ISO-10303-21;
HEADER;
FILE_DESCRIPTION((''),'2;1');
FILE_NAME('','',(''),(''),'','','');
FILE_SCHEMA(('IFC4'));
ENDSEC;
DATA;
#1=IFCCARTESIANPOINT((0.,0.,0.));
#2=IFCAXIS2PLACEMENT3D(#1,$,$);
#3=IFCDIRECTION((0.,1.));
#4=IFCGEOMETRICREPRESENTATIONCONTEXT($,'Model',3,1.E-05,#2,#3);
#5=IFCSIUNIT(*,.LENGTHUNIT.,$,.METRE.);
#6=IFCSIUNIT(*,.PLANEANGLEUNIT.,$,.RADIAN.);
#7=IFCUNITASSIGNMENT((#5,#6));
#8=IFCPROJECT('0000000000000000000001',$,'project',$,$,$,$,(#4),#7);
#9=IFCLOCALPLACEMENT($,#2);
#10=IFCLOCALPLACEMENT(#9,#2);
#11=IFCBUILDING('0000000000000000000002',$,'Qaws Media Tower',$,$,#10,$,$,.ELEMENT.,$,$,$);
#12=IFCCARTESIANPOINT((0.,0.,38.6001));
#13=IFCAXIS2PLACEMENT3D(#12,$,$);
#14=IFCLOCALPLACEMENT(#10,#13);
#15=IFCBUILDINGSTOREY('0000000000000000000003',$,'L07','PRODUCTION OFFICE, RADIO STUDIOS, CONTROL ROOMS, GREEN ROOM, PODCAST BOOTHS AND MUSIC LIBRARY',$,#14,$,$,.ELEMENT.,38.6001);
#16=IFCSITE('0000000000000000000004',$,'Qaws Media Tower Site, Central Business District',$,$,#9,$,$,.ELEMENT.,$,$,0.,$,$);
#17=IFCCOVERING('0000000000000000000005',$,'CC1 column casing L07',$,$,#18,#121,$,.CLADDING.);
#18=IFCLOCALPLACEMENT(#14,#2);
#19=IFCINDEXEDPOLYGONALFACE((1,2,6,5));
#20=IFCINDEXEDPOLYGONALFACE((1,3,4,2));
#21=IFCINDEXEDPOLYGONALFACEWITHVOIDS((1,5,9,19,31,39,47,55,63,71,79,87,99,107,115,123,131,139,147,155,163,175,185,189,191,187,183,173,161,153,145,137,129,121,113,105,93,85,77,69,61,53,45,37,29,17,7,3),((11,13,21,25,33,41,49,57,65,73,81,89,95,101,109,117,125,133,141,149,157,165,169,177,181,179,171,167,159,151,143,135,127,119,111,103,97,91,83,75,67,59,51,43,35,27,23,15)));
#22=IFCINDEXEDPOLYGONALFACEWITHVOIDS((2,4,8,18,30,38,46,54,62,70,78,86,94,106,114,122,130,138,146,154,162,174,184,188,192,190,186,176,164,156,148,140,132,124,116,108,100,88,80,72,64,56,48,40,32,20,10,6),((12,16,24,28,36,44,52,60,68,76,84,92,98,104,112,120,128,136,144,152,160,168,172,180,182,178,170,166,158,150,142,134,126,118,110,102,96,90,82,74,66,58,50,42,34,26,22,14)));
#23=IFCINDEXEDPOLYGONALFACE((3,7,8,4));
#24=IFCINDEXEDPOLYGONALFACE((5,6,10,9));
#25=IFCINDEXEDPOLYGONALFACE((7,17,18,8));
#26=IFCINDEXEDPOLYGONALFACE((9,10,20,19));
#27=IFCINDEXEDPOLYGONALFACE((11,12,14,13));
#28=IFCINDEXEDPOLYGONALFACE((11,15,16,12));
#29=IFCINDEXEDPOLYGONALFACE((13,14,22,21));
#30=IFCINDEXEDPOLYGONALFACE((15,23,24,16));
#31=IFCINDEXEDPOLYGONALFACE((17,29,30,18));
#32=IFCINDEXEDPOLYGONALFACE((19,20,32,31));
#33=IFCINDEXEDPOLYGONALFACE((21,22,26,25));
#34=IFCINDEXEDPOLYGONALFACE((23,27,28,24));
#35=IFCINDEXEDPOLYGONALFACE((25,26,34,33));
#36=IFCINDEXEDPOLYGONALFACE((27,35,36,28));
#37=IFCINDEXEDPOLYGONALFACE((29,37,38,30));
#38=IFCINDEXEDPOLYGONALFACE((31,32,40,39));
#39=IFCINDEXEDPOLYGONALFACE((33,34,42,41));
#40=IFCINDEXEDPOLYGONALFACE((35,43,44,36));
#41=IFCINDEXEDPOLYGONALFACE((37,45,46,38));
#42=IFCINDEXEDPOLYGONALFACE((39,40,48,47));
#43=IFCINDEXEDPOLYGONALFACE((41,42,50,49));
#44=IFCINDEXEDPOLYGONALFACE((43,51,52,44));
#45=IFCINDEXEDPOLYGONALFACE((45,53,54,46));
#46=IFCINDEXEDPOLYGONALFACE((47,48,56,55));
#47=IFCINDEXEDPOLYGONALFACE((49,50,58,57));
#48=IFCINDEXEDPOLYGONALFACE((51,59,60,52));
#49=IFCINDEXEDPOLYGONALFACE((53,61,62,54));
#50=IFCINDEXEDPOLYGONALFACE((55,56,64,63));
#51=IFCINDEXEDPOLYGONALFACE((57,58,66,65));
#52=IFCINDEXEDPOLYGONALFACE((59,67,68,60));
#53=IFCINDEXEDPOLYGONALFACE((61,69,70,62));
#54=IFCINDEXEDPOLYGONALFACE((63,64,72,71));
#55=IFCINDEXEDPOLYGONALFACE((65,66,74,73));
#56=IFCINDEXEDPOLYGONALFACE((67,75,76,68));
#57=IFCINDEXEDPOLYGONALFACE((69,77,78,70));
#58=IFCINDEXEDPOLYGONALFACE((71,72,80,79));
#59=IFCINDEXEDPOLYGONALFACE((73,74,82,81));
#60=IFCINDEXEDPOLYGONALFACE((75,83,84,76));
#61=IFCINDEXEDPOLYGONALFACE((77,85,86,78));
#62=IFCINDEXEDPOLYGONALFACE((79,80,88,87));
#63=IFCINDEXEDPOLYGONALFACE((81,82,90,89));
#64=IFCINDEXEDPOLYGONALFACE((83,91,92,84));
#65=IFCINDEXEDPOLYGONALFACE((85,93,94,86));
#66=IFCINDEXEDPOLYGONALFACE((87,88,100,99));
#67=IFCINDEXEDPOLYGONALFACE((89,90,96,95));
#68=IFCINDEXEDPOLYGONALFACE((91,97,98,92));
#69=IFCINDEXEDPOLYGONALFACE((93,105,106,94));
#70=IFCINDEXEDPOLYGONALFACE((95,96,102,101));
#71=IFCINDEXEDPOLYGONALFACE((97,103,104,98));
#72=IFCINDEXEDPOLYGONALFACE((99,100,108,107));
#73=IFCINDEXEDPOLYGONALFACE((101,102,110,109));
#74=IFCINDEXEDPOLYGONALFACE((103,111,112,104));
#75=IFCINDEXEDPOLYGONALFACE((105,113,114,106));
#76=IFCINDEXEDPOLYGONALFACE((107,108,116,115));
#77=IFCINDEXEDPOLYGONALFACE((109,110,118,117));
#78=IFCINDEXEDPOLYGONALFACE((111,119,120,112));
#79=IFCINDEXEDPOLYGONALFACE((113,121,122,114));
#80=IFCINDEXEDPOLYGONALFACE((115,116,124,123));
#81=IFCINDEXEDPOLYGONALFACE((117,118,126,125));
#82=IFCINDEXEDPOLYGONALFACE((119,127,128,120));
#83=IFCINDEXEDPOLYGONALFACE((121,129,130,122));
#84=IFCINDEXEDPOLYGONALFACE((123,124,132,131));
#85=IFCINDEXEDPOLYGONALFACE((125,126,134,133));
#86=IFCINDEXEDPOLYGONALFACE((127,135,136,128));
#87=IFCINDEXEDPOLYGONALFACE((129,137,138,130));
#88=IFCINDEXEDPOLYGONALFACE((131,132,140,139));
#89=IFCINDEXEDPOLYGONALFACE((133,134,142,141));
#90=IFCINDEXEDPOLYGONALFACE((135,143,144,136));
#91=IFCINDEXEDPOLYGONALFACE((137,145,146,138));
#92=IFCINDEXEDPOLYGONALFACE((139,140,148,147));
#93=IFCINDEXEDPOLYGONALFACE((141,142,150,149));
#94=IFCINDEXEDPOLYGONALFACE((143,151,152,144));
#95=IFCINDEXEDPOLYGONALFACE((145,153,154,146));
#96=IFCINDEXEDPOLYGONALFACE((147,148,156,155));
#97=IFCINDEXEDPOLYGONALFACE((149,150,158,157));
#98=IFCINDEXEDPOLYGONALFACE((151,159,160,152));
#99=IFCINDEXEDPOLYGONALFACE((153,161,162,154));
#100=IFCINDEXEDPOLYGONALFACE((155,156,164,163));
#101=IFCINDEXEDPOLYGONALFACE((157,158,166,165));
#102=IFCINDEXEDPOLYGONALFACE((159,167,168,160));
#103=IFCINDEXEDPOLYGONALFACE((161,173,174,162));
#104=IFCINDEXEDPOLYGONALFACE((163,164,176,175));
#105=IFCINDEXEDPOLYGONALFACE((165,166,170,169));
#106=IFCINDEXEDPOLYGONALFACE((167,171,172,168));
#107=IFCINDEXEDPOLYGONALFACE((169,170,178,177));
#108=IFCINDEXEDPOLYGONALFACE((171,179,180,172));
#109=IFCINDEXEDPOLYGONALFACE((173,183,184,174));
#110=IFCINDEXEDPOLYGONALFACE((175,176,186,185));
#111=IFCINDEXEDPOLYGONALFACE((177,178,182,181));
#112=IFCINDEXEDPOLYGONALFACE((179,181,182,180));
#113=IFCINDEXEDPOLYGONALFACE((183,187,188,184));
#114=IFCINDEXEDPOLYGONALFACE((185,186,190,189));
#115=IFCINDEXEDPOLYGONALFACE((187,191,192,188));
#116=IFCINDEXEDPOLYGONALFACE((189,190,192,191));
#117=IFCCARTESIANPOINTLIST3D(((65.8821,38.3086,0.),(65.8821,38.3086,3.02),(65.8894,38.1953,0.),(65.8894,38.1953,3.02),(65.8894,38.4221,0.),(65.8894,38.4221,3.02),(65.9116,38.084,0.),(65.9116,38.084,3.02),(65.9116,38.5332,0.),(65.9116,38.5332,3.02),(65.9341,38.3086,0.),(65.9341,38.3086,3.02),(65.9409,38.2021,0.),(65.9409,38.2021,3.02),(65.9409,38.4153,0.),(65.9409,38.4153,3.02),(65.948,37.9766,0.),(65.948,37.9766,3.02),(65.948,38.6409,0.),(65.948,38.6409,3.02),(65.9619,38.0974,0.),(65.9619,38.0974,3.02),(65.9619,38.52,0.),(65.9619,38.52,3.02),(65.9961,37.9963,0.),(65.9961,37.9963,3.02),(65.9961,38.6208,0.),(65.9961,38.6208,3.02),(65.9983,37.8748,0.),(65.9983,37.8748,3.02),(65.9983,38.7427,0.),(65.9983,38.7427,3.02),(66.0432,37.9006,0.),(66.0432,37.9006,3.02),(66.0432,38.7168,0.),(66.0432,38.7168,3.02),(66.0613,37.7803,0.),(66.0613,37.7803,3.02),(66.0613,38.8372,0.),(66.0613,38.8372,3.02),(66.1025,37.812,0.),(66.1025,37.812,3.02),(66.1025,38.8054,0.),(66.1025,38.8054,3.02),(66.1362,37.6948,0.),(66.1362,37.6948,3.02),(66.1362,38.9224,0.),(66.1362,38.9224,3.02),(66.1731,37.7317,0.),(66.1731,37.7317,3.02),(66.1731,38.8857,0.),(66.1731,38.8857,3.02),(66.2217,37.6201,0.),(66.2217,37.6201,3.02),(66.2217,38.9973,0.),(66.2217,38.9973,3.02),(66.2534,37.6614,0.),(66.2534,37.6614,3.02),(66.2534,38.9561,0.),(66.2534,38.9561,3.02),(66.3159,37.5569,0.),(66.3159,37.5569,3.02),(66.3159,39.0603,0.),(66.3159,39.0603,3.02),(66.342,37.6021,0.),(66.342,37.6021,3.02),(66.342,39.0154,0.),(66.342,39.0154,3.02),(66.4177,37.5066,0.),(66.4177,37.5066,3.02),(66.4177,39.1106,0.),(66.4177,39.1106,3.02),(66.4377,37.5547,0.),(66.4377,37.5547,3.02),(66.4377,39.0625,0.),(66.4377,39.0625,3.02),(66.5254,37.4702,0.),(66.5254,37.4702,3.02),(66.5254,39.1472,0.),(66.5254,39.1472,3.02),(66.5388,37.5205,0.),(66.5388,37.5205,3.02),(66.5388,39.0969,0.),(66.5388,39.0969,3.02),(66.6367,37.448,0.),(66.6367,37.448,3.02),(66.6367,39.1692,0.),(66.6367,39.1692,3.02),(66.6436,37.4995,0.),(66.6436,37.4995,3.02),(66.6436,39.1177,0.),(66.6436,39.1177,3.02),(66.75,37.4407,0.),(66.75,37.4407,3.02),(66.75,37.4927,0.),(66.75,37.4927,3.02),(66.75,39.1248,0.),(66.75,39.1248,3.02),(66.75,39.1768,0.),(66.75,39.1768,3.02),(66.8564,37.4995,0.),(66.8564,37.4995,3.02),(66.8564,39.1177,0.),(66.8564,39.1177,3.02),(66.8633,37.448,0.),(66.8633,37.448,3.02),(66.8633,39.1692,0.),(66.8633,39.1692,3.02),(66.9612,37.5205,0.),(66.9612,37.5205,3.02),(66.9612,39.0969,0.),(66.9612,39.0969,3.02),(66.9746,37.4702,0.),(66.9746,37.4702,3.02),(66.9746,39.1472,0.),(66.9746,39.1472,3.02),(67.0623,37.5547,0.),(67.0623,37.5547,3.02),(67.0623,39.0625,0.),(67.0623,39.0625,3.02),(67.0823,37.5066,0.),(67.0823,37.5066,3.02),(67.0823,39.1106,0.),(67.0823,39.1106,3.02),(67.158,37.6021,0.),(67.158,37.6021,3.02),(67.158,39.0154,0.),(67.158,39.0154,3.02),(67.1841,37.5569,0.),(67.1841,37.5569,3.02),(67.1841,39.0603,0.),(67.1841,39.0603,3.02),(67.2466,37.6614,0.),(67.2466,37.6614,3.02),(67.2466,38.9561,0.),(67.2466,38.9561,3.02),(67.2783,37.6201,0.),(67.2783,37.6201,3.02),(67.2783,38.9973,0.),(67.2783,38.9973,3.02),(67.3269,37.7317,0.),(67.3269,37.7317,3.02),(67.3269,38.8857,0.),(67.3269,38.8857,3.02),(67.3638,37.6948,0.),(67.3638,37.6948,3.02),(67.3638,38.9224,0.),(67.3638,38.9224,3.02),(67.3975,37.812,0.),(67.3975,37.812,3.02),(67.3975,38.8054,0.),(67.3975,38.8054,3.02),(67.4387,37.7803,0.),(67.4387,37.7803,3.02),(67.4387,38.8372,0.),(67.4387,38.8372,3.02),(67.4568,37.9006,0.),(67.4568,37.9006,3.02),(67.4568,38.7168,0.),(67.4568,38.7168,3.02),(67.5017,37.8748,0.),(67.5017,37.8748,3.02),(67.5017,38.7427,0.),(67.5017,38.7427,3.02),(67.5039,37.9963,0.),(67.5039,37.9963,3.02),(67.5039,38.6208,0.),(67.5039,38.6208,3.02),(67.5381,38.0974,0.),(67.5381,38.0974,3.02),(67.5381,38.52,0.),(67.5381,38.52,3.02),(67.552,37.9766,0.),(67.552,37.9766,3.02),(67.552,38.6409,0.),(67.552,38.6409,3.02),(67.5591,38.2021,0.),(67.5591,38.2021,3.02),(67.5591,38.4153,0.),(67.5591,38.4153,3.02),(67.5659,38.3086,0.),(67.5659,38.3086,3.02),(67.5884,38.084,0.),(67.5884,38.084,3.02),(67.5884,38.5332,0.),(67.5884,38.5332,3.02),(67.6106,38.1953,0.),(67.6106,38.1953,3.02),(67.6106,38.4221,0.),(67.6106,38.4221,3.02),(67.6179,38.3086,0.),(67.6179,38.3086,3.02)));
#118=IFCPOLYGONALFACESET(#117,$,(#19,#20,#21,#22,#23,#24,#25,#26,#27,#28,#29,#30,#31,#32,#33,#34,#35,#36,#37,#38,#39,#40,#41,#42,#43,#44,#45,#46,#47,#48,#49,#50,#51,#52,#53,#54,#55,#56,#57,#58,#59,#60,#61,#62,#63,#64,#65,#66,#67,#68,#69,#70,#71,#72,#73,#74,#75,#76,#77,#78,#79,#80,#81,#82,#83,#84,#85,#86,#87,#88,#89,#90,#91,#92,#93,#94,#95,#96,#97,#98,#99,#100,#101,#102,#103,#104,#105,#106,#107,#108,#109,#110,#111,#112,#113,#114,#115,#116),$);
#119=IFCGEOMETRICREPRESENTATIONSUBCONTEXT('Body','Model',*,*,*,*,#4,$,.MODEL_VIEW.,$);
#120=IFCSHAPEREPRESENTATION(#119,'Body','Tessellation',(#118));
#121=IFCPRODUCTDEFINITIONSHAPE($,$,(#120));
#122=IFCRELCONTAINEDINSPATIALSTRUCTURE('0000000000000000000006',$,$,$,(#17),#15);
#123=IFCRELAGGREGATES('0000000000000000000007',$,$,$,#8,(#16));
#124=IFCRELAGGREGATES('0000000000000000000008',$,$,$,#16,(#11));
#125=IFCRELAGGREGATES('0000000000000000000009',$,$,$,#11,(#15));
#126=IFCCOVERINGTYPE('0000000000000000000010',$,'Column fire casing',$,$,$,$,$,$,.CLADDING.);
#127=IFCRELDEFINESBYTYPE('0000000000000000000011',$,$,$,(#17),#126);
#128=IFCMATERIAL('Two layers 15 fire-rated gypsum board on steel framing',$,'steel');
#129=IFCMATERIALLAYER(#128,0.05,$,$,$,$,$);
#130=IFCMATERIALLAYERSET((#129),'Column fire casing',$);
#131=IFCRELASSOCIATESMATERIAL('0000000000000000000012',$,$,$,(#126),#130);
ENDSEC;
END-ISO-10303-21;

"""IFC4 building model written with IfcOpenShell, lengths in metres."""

from ifc_helpers import new_model, si_unit, direction, frame, origin, place, context, subcontext, project, spatial, polyline, outline, extrude, material, layer, layer_set, type_object, element, save


model = new_model("IFC4")

# Units and contexts
model_context = context("Model", 3, precision=1e-05, world=origin(), true_north=direction((0.0, 1.0)))
body_context = subcontext(model_context, "Body", "Model", "MODEL_VIEW")
ifc_project = project(units=[si_unit("LENGTHUNIT", "METRE"), si_unit("PLANEANGLEUNIT", "RADIAN")], contexts=[model_context])

# Site, building, storey
site_placement = place(None, origin())
site = spatial("IfcSite", under=ifc_project, at=site_placement, Name="Qaws Media Tower Site, Central Business District", CompositionType="ELEMENT", RefElevation=0.0)
building_placement = place(site_placement, origin())
building = spatial("IfcBuilding", under=site, at=building_placement, Name="Qaws Media Tower", CompositionType="ELEMENT")
storey_placement = place(building_placement, frame((0.0, 0.0, 38.6001)))
storey = spatial("IfcBuildingStorey", under=building, at=storey_placement, Name="L07", Description="PRODUCTION OFFICE, RADIO STUDIOS, CONTROL ROOMS, GREEN ROOM, PODCAST BOOTHS AND MUSIC LIBRARY", CompositionType="ELEMENT", Elevation=38.6001)

# Covering
ifc_material_1 = material(Name="Two layers 15 fire-rated gypsum board on steel framing", Category="steel")
ifc_layer_1 = layer(ifc_material_1, 0.05)
ifc_layer_set_1 = layer_set([ifc_layer_1], Name="Column fire casing")
covering_type_1 = type_object("IfcCoveringType", Name="Column fire casing", PredefinedType="CLADDING", material=ifc_layer_set_1)
covering_1_placement = place(storey_placement, origin())
element("IfcCovering", 1, at=covering_1_placement, inside=storey, type_object=covering_type_1, Name="CC1 column casing L07", PredefinedType="CLADDING", context=body_context, shape_type="SweptSolid", body=[
    extrude(outline(polyline([(67.6179, 38.3086), (67.6106, 38.1953), (67.5884, 38.084), (67.552, 37.9766), (67.5017, 37.8748), (67.4387, 37.7803), (67.3638, 37.6948), (67.2783, 37.6201), (67.1841, 37.5569), (67.0823, 37.5066), (66.9746, 37.4702), (66.8633, 37.448), (66.75, 37.4407), (66.6367, 37.448), (66.5254, 37.4702), (66.4177, 37.5066), (66.3159, 37.5569), (66.2217, 37.6201), (66.1362, 37.6948), (66.0613, 37.7803), (65.9983, 37.8748), (65.948, 37.9766), (65.9116, 38.084), (65.8894, 38.1953), (65.8821, 38.3086), (65.8894, 38.4221), (65.9116, 38.5332), (65.948, 38.6409), (65.9983, 38.7427), (66.0613, 38.8372), (66.1362, 38.9224), (66.2217, 38.9973), (66.3159, 39.0603), (66.4177, 39.1106), (66.5254, 39.1472), (66.6367, 39.1692), (66.75, 39.1768), (66.8633, 39.1692), (66.9746, 39.1472), (67.0823, 39.1106), (67.1841, 39.0603), (67.2783, 38.9973), (67.3638, 38.9224), (67.4387, 38.8372), (67.5017, 38.7427), (67.552, 38.6409), (67.5884, 38.5332), (67.6106, 38.4221), (67.6179, 38.3086)]), holes=[polyline([(67.5659, 38.3086), (67.5591, 38.2021), (67.5381, 38.0974), (67.5039, 37.9963), (67.4568, 37.9006), (67.3975, 37.812), (67.3269, 37.7317), (67.2466, 37.6614), (67.158, 37.6021), (67.0623, 37.5547), (66.9612, 37.5205), (66.8564, 37.4995), (66.75, 37.4927), (66.6436, 37.4995), (66.5388, 37.5205), (66.4377, 37.5547), (66.342, 37.6021), (66.2534, 37.6614), (66.1731, 37.7317), (66.1025, 37.812), (66.0432, 37.9006), (65.9961, 37.9963), (65.9619, 38.0974), (65.9409, 38.2021), (65.9341, 38.3086), (65.9409, 38.4153), (65.9619, 38.52), (65.9961, 38.6208), (66.0432, 38.7168), (66.1025, 38.8054), (66.1731, 38.8857), (66.2534, 38.9561), (66.342, 39.0154), (66.4377, 39.0625), (66.5388, 39.0969), (66.6436, 39.1177), (66.75, 39.1248), (66.8564, 39.1177), (66.9612, 39.0969), (67.0623, 39.0625), (67.158, 39.0154), (67.2466, 38.9561), (67.3269, 38.8857), (67.3975, 38.8054), (67.4568, 38.7168), (67.5039, 38.6208), (67.5381, 38.52), (67.5591, 38.4153), (67.5659, 38.3086)])]), origin(), (0.0, 0.0, 1.0), 3.02),
])

save(model, "model.ifc")
